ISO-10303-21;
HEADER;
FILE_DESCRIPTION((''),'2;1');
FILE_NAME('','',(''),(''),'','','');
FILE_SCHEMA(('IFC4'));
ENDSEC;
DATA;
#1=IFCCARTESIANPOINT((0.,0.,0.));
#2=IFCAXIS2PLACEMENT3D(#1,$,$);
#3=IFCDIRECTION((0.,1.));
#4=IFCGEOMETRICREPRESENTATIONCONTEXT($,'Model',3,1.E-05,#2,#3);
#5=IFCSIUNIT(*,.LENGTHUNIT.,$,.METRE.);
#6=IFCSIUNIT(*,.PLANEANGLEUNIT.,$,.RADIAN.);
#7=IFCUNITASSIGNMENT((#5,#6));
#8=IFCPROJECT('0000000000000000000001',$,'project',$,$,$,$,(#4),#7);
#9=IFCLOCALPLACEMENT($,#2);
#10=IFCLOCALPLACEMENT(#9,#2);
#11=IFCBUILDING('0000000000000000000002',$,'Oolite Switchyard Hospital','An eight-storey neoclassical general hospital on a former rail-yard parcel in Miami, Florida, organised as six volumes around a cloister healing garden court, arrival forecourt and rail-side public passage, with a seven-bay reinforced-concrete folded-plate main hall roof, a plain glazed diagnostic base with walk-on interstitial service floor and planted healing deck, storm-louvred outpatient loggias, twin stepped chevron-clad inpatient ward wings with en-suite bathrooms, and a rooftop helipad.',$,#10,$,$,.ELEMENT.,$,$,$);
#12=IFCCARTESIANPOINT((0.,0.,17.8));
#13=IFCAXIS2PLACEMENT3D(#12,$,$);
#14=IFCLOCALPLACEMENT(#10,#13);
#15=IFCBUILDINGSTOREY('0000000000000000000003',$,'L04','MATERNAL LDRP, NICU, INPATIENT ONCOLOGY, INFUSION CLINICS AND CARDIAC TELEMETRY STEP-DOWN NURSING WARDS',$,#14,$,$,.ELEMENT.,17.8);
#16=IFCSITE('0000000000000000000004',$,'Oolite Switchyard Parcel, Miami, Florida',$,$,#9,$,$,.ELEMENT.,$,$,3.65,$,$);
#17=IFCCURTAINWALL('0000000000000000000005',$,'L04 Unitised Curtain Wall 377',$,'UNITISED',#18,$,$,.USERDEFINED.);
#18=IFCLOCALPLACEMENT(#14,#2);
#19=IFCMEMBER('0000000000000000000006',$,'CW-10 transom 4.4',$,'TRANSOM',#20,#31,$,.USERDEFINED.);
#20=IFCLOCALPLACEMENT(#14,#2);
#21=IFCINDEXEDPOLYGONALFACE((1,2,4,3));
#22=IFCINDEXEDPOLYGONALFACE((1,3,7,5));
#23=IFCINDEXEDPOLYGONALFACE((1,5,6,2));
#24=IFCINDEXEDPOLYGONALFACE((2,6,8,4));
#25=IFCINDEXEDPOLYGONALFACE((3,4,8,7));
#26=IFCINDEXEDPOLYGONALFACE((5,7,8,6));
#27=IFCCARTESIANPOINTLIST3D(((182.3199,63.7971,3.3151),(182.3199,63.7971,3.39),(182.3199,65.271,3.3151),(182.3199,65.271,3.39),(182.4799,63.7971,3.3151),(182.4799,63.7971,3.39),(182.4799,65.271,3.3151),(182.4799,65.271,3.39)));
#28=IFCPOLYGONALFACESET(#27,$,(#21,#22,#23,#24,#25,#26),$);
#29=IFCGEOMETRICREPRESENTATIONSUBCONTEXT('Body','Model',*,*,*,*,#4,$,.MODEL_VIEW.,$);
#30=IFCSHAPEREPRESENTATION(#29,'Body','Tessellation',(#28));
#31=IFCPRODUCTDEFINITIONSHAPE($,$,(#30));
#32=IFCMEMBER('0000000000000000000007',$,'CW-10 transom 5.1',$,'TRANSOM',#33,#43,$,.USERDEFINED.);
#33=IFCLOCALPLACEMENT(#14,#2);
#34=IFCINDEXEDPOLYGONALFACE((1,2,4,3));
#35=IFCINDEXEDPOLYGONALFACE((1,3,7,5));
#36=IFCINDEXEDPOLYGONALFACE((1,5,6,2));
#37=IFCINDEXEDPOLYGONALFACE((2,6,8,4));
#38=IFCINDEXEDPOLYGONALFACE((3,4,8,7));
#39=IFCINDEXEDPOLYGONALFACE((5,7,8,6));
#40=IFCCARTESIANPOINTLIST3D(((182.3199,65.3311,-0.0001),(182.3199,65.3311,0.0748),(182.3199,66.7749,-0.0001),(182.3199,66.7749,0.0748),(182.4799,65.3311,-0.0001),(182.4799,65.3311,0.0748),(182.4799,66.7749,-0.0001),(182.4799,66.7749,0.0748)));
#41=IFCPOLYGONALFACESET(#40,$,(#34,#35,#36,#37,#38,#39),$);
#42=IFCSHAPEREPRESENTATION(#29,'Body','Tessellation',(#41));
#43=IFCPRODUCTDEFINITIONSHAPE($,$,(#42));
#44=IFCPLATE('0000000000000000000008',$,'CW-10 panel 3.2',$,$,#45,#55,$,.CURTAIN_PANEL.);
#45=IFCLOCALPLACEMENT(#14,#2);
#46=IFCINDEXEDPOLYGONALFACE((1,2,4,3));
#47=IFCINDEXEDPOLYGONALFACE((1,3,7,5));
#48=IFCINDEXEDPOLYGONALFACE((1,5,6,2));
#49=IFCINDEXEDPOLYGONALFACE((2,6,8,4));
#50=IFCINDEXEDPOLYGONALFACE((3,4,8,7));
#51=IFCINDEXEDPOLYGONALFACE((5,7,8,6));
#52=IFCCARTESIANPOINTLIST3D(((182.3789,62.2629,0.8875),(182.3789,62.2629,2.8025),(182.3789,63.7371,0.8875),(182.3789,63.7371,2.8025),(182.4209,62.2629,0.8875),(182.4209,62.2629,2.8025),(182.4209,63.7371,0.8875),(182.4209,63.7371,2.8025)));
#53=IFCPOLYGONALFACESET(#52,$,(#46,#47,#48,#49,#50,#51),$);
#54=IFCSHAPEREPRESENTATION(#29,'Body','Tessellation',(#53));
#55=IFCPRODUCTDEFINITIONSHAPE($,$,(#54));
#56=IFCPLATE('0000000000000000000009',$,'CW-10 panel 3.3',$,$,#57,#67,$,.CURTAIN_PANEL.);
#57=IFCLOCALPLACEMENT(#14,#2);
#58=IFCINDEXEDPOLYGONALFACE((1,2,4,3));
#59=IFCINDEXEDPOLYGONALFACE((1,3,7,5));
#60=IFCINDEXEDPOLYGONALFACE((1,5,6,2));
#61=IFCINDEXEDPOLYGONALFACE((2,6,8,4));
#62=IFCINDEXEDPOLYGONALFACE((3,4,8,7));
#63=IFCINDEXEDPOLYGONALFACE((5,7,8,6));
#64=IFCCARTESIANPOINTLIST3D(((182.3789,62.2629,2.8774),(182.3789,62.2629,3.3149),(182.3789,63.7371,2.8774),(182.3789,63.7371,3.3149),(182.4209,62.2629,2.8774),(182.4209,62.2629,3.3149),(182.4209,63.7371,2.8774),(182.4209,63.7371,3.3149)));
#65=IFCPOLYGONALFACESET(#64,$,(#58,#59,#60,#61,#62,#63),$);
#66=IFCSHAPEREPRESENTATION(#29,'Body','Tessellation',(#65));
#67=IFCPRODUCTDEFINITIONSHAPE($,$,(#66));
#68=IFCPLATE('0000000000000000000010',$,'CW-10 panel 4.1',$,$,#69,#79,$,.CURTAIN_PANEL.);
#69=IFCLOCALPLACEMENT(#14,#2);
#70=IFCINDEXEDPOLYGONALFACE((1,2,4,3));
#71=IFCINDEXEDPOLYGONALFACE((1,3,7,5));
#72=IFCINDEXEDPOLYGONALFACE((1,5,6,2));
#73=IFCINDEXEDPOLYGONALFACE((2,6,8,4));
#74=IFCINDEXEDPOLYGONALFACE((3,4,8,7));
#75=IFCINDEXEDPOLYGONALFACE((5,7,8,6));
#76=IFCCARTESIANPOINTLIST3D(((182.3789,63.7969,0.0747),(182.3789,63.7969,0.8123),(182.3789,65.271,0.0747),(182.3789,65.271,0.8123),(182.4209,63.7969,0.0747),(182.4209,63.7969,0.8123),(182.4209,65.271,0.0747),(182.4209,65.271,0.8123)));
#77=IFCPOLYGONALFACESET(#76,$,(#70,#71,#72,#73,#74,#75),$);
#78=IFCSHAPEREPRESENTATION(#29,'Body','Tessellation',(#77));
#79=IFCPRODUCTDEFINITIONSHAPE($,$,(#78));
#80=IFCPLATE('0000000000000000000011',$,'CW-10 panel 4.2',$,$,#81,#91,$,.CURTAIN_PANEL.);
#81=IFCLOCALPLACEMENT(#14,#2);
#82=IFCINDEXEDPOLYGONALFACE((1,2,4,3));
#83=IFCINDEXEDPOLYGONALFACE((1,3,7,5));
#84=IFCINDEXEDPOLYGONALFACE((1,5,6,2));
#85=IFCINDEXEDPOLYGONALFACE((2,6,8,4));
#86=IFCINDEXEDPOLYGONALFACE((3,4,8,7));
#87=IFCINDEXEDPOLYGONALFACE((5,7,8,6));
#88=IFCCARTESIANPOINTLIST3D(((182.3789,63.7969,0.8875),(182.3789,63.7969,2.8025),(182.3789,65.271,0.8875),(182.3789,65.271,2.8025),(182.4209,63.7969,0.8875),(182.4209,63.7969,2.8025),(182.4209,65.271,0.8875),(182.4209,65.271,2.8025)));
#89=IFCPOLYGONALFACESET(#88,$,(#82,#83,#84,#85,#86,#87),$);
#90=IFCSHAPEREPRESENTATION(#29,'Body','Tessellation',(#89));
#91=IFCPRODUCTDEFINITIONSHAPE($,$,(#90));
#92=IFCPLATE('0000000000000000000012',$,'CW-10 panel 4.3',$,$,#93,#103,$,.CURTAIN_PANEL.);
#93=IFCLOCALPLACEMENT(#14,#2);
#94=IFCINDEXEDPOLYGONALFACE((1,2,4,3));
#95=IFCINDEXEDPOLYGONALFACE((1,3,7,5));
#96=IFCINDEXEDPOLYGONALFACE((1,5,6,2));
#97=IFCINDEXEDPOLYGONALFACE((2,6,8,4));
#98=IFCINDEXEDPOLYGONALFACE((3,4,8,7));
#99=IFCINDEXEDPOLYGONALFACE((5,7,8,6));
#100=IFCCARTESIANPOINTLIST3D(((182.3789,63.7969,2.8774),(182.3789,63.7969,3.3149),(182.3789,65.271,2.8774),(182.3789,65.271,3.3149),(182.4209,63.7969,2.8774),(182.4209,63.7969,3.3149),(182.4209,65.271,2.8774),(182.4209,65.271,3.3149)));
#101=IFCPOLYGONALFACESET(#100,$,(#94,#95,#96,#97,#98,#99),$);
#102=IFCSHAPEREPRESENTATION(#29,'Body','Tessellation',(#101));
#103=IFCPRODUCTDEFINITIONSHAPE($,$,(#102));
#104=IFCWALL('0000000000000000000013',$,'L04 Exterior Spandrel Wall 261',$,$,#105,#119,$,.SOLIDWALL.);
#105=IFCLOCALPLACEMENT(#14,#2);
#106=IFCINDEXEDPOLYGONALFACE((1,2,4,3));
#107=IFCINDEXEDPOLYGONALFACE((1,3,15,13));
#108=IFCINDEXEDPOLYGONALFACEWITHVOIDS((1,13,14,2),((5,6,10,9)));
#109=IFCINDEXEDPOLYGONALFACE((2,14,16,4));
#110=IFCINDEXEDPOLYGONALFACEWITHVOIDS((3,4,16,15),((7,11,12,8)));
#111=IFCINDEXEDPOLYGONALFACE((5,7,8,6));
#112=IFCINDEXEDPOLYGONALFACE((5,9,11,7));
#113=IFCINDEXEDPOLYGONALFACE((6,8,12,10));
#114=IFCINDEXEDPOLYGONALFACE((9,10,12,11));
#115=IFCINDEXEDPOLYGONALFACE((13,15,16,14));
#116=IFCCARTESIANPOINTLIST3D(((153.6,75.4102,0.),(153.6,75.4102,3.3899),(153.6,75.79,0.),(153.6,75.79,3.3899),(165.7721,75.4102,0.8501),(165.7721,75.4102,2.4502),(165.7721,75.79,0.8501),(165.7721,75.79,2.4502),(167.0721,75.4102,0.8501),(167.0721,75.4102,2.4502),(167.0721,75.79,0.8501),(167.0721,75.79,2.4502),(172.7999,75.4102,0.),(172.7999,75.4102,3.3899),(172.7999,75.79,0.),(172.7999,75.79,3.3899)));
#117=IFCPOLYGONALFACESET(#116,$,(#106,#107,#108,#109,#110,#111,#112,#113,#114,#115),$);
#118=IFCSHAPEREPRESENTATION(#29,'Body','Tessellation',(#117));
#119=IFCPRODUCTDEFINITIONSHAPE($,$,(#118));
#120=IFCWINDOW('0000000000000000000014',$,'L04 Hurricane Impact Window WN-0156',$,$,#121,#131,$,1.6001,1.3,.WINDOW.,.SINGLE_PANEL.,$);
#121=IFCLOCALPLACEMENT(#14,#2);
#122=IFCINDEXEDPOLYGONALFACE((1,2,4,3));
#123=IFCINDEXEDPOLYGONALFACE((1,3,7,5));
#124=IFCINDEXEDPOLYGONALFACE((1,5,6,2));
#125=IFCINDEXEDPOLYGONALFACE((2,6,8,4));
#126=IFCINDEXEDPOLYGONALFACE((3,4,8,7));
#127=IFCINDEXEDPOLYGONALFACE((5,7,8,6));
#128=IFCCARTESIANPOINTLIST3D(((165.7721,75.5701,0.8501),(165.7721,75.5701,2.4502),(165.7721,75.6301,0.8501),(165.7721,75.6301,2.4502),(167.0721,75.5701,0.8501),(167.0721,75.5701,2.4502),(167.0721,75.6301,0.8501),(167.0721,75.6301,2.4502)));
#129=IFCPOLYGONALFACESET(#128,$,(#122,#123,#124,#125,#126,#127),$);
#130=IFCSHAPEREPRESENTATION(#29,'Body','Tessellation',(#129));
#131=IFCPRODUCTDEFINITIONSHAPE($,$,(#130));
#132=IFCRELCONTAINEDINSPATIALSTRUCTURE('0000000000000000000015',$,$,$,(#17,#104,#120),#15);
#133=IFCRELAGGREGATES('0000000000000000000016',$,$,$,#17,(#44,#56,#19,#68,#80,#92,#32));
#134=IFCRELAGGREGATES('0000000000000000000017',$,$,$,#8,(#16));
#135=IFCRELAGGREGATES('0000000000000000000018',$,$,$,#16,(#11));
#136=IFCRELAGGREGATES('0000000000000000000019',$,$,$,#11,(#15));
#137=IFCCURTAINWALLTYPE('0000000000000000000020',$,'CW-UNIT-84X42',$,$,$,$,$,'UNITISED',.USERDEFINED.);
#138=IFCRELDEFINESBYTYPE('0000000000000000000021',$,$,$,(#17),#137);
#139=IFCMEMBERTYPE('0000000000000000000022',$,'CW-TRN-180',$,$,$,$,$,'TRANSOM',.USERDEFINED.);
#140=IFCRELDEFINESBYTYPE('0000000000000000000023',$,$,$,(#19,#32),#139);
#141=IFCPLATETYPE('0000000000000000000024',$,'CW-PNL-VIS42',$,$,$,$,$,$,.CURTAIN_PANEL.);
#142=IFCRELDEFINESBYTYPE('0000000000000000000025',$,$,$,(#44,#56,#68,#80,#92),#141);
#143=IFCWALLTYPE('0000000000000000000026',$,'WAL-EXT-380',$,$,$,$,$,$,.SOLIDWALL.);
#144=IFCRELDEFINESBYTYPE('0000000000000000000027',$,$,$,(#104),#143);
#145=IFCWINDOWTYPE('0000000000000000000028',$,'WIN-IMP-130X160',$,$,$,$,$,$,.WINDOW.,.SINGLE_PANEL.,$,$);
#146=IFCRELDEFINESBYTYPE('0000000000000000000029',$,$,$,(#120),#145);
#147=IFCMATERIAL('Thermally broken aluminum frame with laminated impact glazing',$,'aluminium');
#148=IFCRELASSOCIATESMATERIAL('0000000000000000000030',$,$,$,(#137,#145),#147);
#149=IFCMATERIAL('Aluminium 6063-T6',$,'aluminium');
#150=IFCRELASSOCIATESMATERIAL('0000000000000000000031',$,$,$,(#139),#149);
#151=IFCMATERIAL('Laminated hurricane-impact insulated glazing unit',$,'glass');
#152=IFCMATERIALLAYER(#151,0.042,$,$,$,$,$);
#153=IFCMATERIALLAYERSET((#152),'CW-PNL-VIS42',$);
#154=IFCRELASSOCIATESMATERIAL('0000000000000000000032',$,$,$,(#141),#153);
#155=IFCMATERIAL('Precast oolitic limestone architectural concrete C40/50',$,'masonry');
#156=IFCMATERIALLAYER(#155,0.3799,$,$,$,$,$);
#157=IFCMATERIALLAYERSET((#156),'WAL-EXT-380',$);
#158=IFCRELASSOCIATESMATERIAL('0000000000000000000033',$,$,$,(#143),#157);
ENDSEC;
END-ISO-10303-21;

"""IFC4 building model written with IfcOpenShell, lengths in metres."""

from ifc_helpers import new_model, si_unit, direction, frame, frame_2d, origin, origin_2d, place, context, subcontext, project, spatial, rectangle, extrude, material, layer, layer_set, material_profile, profile_set, type_object, element, fill, aggregate, save


model = new_model("IFC4")

# Units and contexts
model_context = context("Model", 3, precision=1e-05, world=origin(), true_north=direction((0.0, 1.0)))
body_context = subcontext(model_context, "Body", "Model", "MODEL_VIEW")
ifc_project = project(units=[si_unit("LENGTHUNIT", "METRE"), si_unit("PLANEANGLEUNIT", "RADIAN")], contexts=[model_context])

# Site, building, storey
site_placement = place(None, origin())
site = spatial("IfcSite", under=ifc_project, at=site_placement, Name="Oolite Switchyard Parcel, Miami, Florida", CompositionType="ELEMENT", RefElevation=3.65)
building_placement = place(site_placement, origin())
building = spatial("IfcBuilding", under=site, at=building_placement, Name="Oolite Switchyard Hospital", Description="An eight-storey neoclassical general hospital on a former rail-yard parcel in Miami, Florida, organised as six volumes around a cloister healing garden court, arrival forecourt and rail-side public passage, with a seven-bay reinforced-concrete folded-plate main hall roof, a plain glazed diagnostic base with walk-on interstitial service floor and planted healing deck, storm-louvred outpatient loggias, twin stepped chevron-clad inpatient ward wings with en-suite bathrooms, and a rooftop helipad.", CompositionType="ELEMENT")
storey_placement = place(building_placement, frame((0.0, 0.0, 17.8)))
storey = spatial("IfcBuildingStorey", under=building, at=storey_placement, Name="L04", Description="MATERNAL LDRP, NICU, INPATIENT ONCOLOGY, INFUSION CLINICS AND CARDIAC TELEMETRY STEP-DOWN NURSING WARDS", CompositionType="ELEMENT", Elevation=17.8)

# Curtain wall, members, plates
ifc_material_1 = material(Name="Thermally broken aluminum frame with laminated impact glazing", Category="aluminium")
curtain_wall_type = type_object("IfcCurtainWallType", Name="CW-UNIT-84X42", ElementType="UNITISED", PredefinedType="USERDEFINED", material=ifc_material_1)
curtain_wall_placement = place(storey_placement, origin())
curtain_wall = element("IfcCurtainWall", 1, at=curtain_wall_placement, inside=storey, type_object=curtain_wall_type, Name="L04 Unitised Curtain Wall 377", ObjectType="UNITISED", PredefinedType="USERDEFINED")
ifc_material_2 = material(Name="Aluminium 6063-T6", Category="aluminium")
ifc_material_profile_1 = material_profile(ifc_material_2, rectangle(XDim=0.1599, YDim=0.075, at=origin_2d()), Name="CWT75X160")
ifc_profile_set_1 = profile_set([ifc_material_profile_1], Name="Aluminium 6063-T6")
member_type_1 = type_object("IfcMemberType", Name="CW-TRN-180", ElementType="TRANSOM", PredefinedType="USERDEFINED", material=ifc_profile_set_1)
member_1_placement = place(storey_placement, frame((182.3999, 63.7971, 3.3525), z_axis=(0.0, 1.0, 0.0), x_axis=(-1.0, 0.0, 0.0)))
member_1 = element("IfcMember", 2, at=member_1_placement, type_object=member_type_1, Name="CW-10 transom 4.4", ObjectType="TRANSOM", PredefinedType="USERDEFINED", context=body_context, shape_type="SweptSolid", body=[
    extrude(rectangle(XDim=0.1599, YDim=0.075, at=origin_2d()), origin(), (0.0, 0.0, 1.0), 1.4739),
])
member_2_placement = place(storey_placement, frame((182.3999, 65.3311, 0.0374), z_axis=(0.0, 1.0, 0.0), x_axis=(-1.0, 0.0, 0.0)))
member_2 = element("IfcMember", 3, at=member_2_placement, type_object=member_type_1, Name="CW-10 transom 5.1", ObjectType="TRANSOM", PredefinedType="USERDEFINED", context=body_context, shape_type="SweptSolid", body=[
    extrude(rectangle(XDim=0.1599, YDim=0.075, at=origin_2d()), origin(), (0.0, 0.0, 1.0), 1.4438),
])
ifc_material_3 = material(Name="Laminated hurricane-impact insulated glazing unit", Category="glass")
ifc_layer_1 = layer(ifc_material_3, 0.042)
ifc_layer_set_1 = layer_set([ifc_layer_1], Name="CW-PNL-VIS42")
plate_type = type_object("IfcPlateType", Name="CW-PNL-VIS42", PredefinedType="CURTAIN_PANEL", material=ifc_layer_set_1)
plate_1_placement = place(storey_placement, frame((182.3999, 63.0, 0.8875), z_axis=(0.0, 0.0, 1.0), x_axis=(0.0, 1.0, 0.0)))
plate_1 = element("IfcPlate", 4, at=plate_1_placement, type_object=plate_type, Name="CW-10 panel 3.2", PredefinedType="CURTAIN_PANEL", context=body_context, shape_type="SweptSolid", body=[
    extrude(rectangle(XDim=1.4741, YDim=0.042, at=origin_2d()), origin(), (0.0, 0.0, 1.0), 1.915),
])
plate_2_placement = place(storey_placement, frame((182.3999, 63.0, 2.8774), z_axis=(0.0, 0.0, 1.0), x_axis=(0.0, 1.0, 0.0)))
plate_2 = element("IfcPlate", 5, at=plate_2_placement, type_object=plate_type, Name="CW-10 panel 3.3", PredefinedType="CURTAIN_PANEL", context=body_context, shape_type="SweptSolid", body=[
    extrude(rectangle(XDim=1.4741, YDim=0.042, at=origin_2d()), origin(), (0.0, 0.0, 1.0), 0.4375),
])
plate_3_placement = place(storey_placement, frame((182.3999, 64.5339, 0.0747), z_axis=(0.0, 0.0, 1.0), x_axis=(0.0, 1.0, 0.0)))
plate_3 = element("IfcPlate", 6, at=plate_3_placement, type_object=plate_type, Name="CW-10 panel 4.1", PredefinedType="CURTAIN_PANEL", context=body_context, shape_type="SweptSolid", body=[
    extrude(rectangle(XDim=1.4741, YDim=0.042, at=origin_2d()), origin(), (0.0, 0.0, 1.0), 0.7375),
])
plate_4_placement = place(storey_placement, frame((182.3999, 64.5339, 0.8875), z_axis=(0.0, 0.0, 1.0), x_axis=(0.0, 1.0, 0.0)))
plate_4 = element("IfcPlate", 7, at=plate_4_placement, type_object=plate_type, Name="CW-10 panel 4.2", PredefinedType="CURTAIN_PANEL", context=body_context, shape_type="SweptSolid", body=[
    extrude(rectangle(XDim=1.4741, YDim=0.042, at=origin_2d()), origin(), (0.0, 0.0, 1.0), 1.915),
])
plate_5_placement = place(storey_placement, frame((182.3999, 64.5339, 2.8774), z_axis=(0.0, 0.0, 1.0), x_axis=(0.0, 1.0, 0.0)))
plate_5 = element("IfcPlate", 8, at=plate_5_placement, type_object=plate_type, Name="CW-10 panel 4.3", PredefinedType="CURTAIN_PANEL", context=body_context, shape_type="SweptSolid", body=[
    extrude(rectangle(XDim=1.4741, YDim=0.042, at=origin_2d()), origin(), (0.0, 0.0, 1.0), 0.4375),
])
aggregate(curtain_wall, [plate_1, plate_2, member_1, plate_3, plate_4, plate_5, member_2])

# Wall, opening, window
ifc_material_4 = material(Name="Precast oolitic limestone architectural concrete C40/50", Category="masonry")
ifc_layer_2 = layer(ifc_material_4, 0.3799)
ifc_layer_set_2 = layer_set([ifc_layer_2], Name="WAL-EXT-380")
wall_type = type_object("IfcWallType", Name="WAL-EXT-380", PredefinedType="SOLIDWALL", material=ifc_layer_set_2)
wall_placement = place(storey_placement, frame((172.8, 75.6001, 0.0), z_axis=(0.0, 0.0, 1.0), x_axis=(-1.0, 0.0, 0.0)))
wall = element("IfcWall", 9, at=wall_placement, inside=storey, type_object=wall_type, Name="L04 Exterior Spandrel Wall 261", PredefinedType="SOLIDWALL", context=body_context, shape_type="SweptSolid", body=[
    extrude(rectangle(XDim=19.2, YDim=0.3799, at=frame_2d((9.6001, 0.0))), origin(), (0.0, 0.0, 1.0), 3.3899),
])
opening_placement = place(wall_placement, frame((5.728, 0.0, 0.8501)))
opening = element("IfcOpeningElement", 10, at=opening_placement, cuts=wall, PredefinedType="OPENING", context=body_context, shape_type="SweptSolid", body=[
    extrude(rectangle(XDim=1.3, YDim=1.6001, at=frame_2d((0.6499, 0.8))), frame((0.0, 0.2, 0.0), z_axis=(0.0, -1.0, 0.0), x_axis=(1.0, 0.0, 0.0)), (0.0, 0.0, 1.0), 0.3999),
])
window_type = type_object("IfcWindowType", Name="WIN-IMP-130X160", PartitioningType="SINGLE_PANEL", PredefinedType="WINDOW", material=ifc_material_1)
window_placement = place(opening_placement, origin())
window = element("IfcWindow", 11, at=window_placement, inside=storey, type_object=window_type, Name="L04 Hurricane Impact Window WN-0156", OverallHeight=1.6001, OverallWidth=1.3, PartitioningType="SINGLE_PANEL", PredefinedType="WINDOW", context=body_context, shape_type="SweptSolid", body=[
    extrude(rectangle(XDim=1.3, YDim=1.6001, at=frame_2d((0.6499, 0.8))), frame((0.0, 0.03, 0.0), z_axis=(0.0, -1.0, 0.0), x_axis=(1.0, 0.0, 0.0)), (0.0, 0.0, 1.0), 0.0601),
])
fill(opening, window)

save(model, "model.ifc")
